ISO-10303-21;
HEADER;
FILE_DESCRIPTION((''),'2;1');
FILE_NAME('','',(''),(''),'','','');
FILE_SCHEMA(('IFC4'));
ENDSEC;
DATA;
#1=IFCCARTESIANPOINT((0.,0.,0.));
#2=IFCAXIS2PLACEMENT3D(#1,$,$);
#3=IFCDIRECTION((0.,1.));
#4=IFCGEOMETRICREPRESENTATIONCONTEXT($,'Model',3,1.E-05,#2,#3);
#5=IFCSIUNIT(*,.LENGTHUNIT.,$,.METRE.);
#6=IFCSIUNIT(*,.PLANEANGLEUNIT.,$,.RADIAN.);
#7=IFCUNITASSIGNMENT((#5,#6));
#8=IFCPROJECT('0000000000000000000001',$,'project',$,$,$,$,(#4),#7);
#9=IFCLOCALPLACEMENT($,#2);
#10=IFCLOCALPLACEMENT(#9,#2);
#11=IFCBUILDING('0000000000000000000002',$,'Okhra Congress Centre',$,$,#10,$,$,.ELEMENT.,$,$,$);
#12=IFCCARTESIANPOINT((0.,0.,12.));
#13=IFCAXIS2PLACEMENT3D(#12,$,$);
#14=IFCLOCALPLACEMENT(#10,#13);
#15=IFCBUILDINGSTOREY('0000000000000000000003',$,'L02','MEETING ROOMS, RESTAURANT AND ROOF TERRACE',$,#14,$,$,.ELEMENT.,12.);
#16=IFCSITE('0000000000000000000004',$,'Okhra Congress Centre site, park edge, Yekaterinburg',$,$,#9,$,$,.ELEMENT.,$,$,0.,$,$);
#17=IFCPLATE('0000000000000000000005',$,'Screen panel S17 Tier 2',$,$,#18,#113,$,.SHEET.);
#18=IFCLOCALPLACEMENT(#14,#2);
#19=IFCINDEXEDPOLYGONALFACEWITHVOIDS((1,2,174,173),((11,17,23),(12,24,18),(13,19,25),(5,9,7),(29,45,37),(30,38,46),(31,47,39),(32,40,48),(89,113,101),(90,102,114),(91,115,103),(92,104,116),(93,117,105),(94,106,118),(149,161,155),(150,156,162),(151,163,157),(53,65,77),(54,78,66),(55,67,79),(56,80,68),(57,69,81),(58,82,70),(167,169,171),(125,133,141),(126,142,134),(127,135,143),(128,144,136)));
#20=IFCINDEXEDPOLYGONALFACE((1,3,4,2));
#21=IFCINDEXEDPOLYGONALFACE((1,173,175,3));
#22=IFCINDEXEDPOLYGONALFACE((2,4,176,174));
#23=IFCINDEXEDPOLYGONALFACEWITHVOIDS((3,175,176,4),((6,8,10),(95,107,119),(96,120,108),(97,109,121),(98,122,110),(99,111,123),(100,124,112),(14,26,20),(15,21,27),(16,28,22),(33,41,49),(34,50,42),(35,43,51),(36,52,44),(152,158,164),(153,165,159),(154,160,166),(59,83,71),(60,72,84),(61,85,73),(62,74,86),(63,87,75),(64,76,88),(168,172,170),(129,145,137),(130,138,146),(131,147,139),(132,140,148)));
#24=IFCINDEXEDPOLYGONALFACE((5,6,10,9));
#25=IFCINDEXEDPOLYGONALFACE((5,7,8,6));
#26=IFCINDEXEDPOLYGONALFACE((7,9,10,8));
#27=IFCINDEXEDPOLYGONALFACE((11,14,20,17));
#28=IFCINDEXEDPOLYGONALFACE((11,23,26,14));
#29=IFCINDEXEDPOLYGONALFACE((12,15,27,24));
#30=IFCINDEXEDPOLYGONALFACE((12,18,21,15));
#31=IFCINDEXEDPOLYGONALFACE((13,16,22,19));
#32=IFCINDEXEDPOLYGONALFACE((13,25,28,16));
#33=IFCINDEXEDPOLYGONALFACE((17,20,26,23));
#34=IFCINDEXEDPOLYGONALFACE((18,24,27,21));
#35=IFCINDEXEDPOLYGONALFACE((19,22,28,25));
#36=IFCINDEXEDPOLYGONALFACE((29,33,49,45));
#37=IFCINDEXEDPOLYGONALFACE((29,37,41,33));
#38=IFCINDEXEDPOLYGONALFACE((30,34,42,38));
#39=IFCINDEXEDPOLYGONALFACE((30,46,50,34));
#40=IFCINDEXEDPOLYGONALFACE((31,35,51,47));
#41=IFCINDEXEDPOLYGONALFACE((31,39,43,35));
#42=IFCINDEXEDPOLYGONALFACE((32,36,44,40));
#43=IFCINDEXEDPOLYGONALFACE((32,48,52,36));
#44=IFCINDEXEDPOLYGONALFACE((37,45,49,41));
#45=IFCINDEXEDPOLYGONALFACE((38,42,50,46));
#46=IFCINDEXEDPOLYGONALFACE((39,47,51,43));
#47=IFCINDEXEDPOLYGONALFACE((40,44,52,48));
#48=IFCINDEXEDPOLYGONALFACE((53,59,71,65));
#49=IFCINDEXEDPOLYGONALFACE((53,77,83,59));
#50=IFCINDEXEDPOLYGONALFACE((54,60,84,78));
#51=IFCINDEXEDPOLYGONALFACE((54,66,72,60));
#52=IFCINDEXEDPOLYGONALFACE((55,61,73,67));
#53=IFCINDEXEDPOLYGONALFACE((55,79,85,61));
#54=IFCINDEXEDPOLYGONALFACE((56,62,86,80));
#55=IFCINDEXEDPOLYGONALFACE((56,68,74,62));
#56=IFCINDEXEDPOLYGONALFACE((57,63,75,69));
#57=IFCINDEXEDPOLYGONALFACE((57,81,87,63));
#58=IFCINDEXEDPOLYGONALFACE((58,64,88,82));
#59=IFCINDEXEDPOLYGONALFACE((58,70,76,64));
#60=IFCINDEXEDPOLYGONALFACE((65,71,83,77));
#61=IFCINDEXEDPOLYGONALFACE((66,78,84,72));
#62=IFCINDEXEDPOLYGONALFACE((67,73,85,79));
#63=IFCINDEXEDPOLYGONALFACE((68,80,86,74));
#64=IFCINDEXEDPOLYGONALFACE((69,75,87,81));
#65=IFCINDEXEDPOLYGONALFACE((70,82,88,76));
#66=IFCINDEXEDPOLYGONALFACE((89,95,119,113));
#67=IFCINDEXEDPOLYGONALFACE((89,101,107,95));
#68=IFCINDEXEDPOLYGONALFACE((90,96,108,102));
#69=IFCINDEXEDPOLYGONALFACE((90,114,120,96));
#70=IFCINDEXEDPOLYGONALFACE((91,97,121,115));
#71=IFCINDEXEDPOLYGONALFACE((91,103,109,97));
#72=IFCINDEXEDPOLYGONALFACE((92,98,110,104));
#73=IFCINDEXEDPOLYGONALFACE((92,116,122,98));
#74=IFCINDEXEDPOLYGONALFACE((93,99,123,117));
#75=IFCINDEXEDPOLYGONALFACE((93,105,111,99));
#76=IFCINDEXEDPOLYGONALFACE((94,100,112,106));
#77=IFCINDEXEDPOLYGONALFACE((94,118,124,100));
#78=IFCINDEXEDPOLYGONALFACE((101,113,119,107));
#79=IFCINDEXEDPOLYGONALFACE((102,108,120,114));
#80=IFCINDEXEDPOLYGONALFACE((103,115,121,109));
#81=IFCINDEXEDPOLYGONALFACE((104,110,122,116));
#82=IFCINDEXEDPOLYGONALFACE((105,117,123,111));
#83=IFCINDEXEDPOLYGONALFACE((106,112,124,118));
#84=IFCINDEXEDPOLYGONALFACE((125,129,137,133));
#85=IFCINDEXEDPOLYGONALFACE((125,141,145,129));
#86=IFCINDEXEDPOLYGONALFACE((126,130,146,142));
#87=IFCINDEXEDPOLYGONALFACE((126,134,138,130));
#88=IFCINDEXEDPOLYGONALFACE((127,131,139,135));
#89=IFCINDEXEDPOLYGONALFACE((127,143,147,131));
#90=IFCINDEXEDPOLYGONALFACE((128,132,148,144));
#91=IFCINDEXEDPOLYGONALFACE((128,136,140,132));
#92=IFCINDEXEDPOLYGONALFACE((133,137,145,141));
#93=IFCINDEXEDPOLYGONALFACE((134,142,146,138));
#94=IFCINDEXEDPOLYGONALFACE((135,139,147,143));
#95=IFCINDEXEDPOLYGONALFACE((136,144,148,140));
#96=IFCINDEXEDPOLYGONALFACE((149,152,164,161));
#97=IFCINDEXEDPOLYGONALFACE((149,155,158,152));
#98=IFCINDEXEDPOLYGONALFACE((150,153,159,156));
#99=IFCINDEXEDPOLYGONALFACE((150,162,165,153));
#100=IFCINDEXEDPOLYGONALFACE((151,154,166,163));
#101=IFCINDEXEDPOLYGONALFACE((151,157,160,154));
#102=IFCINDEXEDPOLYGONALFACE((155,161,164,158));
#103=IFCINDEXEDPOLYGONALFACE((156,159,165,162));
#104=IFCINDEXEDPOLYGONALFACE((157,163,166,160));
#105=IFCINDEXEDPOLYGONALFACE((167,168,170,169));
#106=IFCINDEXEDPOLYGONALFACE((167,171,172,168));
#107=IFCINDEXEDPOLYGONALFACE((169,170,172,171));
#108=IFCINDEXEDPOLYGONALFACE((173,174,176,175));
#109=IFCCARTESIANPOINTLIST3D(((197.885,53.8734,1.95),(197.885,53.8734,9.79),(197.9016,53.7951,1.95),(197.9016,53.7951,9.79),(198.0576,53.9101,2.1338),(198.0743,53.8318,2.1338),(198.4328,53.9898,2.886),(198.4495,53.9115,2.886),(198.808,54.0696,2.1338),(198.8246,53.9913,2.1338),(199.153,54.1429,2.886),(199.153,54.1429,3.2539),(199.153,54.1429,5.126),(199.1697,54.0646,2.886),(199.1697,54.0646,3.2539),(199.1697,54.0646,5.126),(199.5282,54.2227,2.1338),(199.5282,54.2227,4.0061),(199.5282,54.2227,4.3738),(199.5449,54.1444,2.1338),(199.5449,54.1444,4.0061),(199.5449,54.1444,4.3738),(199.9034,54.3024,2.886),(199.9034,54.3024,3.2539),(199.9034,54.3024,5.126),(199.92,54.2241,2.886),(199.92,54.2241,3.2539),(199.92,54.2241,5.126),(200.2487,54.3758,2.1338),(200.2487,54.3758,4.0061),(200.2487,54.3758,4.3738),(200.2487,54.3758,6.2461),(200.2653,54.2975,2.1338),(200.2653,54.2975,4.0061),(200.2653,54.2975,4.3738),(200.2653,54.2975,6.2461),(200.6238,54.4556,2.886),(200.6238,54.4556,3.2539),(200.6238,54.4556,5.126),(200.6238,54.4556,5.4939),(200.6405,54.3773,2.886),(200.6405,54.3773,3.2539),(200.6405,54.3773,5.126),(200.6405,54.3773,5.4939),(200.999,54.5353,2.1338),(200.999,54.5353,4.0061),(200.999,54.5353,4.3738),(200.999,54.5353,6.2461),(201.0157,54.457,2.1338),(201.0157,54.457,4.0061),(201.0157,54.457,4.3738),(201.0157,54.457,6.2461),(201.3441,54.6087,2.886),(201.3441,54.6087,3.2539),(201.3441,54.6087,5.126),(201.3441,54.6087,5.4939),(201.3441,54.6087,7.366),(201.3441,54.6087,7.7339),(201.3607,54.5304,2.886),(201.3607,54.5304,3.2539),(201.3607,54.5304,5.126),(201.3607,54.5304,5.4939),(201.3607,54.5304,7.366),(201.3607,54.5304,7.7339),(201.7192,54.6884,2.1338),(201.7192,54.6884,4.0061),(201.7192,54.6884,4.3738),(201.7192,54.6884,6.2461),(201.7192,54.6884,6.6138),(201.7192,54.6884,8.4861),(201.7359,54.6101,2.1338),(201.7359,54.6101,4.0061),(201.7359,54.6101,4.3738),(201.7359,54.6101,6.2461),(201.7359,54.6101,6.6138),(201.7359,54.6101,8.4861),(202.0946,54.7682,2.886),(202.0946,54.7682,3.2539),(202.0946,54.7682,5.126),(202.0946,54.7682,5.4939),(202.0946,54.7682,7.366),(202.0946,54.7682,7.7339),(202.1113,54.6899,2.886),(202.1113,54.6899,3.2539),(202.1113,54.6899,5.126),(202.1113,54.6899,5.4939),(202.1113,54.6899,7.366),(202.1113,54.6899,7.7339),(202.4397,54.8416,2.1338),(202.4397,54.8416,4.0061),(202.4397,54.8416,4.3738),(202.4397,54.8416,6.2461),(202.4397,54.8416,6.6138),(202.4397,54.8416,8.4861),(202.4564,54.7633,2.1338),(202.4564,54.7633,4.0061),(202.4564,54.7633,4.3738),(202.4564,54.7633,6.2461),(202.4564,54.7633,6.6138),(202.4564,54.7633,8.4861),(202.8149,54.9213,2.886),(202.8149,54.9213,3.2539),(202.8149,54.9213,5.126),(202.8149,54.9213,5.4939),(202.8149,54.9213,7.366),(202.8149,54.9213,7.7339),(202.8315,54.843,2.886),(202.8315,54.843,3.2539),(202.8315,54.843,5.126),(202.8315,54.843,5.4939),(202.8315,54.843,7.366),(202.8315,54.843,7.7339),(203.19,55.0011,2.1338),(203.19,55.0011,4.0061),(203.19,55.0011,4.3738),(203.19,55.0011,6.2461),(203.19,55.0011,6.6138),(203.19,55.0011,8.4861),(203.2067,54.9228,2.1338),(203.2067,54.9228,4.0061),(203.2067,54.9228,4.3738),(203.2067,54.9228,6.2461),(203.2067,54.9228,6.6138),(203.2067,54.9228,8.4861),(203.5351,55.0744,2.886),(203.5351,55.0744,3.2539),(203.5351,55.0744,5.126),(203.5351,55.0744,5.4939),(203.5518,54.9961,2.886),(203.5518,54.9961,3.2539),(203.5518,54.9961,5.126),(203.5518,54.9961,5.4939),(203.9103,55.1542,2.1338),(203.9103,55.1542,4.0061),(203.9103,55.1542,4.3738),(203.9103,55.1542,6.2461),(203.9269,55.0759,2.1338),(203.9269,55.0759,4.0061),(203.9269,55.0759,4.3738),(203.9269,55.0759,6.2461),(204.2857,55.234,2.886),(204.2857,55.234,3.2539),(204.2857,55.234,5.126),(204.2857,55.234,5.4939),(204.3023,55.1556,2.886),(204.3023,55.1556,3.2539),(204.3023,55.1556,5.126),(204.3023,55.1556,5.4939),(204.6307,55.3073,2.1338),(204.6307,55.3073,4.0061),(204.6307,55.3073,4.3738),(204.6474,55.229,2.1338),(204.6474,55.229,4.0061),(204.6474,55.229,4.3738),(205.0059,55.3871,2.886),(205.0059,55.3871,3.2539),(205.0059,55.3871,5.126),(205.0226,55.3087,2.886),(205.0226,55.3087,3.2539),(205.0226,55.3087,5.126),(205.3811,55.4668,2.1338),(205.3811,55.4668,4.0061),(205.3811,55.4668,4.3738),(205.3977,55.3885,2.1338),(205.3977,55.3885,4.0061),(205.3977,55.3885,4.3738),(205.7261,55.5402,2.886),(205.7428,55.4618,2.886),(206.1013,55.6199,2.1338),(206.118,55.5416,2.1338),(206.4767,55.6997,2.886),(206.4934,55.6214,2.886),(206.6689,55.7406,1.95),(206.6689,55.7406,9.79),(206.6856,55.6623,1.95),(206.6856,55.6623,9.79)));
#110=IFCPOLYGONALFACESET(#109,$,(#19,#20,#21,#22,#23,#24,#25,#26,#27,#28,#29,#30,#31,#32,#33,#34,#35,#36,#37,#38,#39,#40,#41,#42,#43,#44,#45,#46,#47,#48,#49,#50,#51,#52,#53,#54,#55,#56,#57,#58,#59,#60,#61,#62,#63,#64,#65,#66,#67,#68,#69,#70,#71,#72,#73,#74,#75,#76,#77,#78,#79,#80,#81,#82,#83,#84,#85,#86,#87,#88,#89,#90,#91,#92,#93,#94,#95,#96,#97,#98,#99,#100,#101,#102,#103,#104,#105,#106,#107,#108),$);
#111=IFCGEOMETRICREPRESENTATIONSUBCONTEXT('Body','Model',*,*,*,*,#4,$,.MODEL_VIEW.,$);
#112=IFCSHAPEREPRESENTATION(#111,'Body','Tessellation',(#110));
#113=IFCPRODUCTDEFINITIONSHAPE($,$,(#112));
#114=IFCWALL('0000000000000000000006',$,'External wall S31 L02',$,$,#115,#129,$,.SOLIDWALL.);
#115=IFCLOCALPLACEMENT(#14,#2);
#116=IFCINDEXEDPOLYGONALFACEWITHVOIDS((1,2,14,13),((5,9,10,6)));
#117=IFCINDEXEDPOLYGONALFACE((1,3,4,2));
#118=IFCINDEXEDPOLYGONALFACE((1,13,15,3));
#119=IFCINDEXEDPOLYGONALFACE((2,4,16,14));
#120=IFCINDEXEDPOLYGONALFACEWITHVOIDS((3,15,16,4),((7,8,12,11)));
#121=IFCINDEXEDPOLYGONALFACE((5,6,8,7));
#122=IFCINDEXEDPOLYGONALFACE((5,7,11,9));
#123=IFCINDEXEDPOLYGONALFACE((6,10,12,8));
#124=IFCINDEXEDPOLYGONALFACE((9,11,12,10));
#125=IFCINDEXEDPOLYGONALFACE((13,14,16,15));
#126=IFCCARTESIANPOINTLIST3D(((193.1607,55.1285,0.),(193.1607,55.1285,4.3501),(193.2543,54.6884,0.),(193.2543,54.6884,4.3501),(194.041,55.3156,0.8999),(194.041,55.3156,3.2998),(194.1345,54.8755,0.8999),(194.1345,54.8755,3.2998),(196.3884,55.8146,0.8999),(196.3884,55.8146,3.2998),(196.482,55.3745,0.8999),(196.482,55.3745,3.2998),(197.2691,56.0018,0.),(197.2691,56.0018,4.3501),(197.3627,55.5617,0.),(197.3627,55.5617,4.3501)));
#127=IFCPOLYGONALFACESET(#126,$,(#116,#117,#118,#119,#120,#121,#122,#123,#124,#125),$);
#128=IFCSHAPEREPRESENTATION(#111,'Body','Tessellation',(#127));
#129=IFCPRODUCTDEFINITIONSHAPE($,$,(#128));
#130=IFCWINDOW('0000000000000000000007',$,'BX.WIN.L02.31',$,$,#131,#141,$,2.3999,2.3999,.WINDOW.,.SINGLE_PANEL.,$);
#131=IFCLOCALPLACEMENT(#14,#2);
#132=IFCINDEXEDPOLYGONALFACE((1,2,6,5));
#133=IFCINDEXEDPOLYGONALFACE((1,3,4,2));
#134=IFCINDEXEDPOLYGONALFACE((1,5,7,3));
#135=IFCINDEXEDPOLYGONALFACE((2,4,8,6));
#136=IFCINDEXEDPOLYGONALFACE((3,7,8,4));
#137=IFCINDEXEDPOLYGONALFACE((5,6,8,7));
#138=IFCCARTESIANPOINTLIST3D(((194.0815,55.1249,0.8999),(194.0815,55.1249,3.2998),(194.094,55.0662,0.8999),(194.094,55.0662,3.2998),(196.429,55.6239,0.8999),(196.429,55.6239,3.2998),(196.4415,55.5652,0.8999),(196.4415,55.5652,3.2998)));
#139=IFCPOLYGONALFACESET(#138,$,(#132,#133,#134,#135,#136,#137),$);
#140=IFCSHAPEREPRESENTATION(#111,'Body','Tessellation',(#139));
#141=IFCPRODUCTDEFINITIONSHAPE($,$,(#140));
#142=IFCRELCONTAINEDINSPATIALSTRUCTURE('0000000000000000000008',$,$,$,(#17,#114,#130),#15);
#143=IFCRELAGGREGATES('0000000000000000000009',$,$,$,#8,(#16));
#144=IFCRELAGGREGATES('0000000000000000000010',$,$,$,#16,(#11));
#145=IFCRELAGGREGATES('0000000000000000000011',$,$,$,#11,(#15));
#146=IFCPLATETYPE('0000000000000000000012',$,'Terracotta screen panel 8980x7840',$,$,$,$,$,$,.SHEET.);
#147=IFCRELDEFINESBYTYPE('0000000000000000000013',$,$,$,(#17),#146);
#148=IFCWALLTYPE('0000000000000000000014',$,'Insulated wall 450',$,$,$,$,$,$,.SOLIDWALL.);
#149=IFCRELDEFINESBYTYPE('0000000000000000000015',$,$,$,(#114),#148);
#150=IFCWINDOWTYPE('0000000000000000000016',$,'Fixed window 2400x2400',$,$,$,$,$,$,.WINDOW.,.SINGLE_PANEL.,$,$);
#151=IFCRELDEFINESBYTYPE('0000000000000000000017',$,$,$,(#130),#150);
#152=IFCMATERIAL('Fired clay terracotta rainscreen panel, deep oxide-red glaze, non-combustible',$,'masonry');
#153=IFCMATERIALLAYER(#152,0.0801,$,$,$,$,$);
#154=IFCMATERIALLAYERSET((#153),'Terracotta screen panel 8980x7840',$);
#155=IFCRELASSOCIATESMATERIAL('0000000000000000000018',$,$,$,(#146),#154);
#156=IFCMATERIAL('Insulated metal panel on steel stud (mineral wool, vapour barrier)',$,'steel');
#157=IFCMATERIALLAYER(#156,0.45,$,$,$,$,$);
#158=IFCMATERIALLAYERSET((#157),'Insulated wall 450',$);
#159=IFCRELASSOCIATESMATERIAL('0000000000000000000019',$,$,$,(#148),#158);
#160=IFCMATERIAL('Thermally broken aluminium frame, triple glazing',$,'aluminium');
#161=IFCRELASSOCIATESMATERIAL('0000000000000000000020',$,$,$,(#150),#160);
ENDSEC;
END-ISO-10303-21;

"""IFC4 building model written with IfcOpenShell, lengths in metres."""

from ifc_helpers import new_model, si_unit, direction, frame, frame_2d, origin, place, context, subcontext, project, spatial, polyline, rectangle, outline, extrude, material, layer, layer_set, type_object, element, fill, save


model = new_model("IFC4")

# Units and contexts
model_context = context("Model", 3, precision=1e-05, world=origin(), true_north=direction((0.0, 1.0)))
body_context = subcontext(model_context, "Body", "Model", "MODEL_VIEW")
ifc_project = project(units=[si_unit("LENGTHUNIT", "METRE"), si_unit("PLANEANGLEUNIT", "RADIAN")], contexts=[model_context])

# Site, building, storey
site_placement = place(None, origin())
site = spatial("IfcSite", under=ifc_project, at=site_placement, Name="Okhra Congress Centre site, park edge, Yekaterinburg", CompositionType="ELEMENT", RefElevation=0.0)
building_placement = place(site_placement, origin())
building = spatial("IfcBuilding", under=site, at=building_placement, Name="Okhra Congress Centre", CompositionType="ELEMENT")
storey_placement = place(building_placement, frame((0.0, 0.0, 12.0)))
storey = spatial("IfcBuildingStorey", under=building, at=storey_placement, Name="L02", Description="MEETING ROOMS, RESTAURANT AND ROOF TERRACE", CompositionType="ELEMENT", Elevation=12.0)

# Plate
ifc_material_1 = material(Name="Fired clay terracotta rainscreen panel, deep oxide-red glaze, non-combustible", Category="masonry")
ifc_layer_1 = layer(ifc_material_1, 0.0801)
ifc_layer_set_1 = layer_set([ifc_layer_1], Name="Terracotta screen panel 8980x7840")
plate_type = type_object("IfcPlateType", Name="Terracotta screen panel 8980x7840", PredefinedType="SHEET", material=ifc_layer_set_1)
plate_placement = place(storey_placement, frame((197.8933, 53.8342, 1.95), z_axis=(0.0, 0.0, 1.0), x_axis=(0.978145, 0.207923, 0.0)))
element("IfcPlate", 1, at=plate_placement, inside=storey, type_object=plate_type, Name="Screen panel S17 Tier 2", PredefinedType="SHEET", context=body_context, shape_type="SweptSolid", body=[
    extrude(outline(polyline([(0.0, 0.0), (8.9802, 0.0), (8.9802, 7.8401), (0.0, 7.8401), (0.0, 0.0)]), holes=[polyline([(0.1765, 0.1838), (0.9436, 0.1838), (0.5601, 0.936), (0.1765, 0.1838)]), polyline([(1.2964, 0.936), (1.6799, 0.1838), (2.0635, 0.936), (1.2964, 0.936)]), polyline([(2.4165, 0.1838), (3.1836, 0.1838), (2.8, 0.936), (2.4165, 0.1838)]), polyline([(3.5364, 0.936), (3.9199, 0.1838), (4.3037, 0.936), (3.5364, 0.936)]), polyline([(4.6565, 0.1838), (5.4236, 0.1838), (5.04, 0.936), (4.6565, 0.1838)]), polyline([(5.7764, 0.936), (6.1599, 0.1838), (6.5437, 0.936), (5.7764, 0.936)]), polyline([(6.8965, 0.1838), (7.6636, 0.1838), (7.28, 0.936), (6.8965, 0.1838)]), polyline([(8.0164, 0.936), (8.3999, 0.1838), (8.7837, 0.936), (8.0164, 0.936)]), polyline([(1.2964, 1.304), (2.0635, 1.304), (1.6799, 2.0562), (1.2964, 1.304)]), polyline([(2.4165, 2.0562), (2.8, 1.304), (3.1836, 2.0562), (2.4165, 2.0562)]), polyline([(3.5364, 1.304), (4.3037, 1.304), (3.9199, 2.0562), (3.5364, 1.304)]), polyline([(4.6565, 2.0562), (5.04, 1.304), (5.4236, 2.0562), (4.6565, 2.0562)]), polyline([(5.7764, 1.304), (6.5437, 1.304), (6.1599, 2.0562), (5.7764, 1.304)]), polyline([(6.8965, 2.0562), (7.28, 1.304), (7.6636, 2.0562), (6.8965, 2.0562)]), polyline([(1.2964, 3.176), (1.6799, 2.4238), (2.0635, 3.176), (1.2964, 3.176)]), polyline([(2.4165, 2.4238), (3.1836, 2.4238), (2.8, 3.176), (2.4165, 2.4238)]), polyline([(3.5364, 3.176), (3.9199, 2.4238), (4.3037, 3.176), (3.5364, 3.176)]), polyline([(4.6565, 2.4238), (5.4236, 2.4238), (5.04, 3.176), (4.6565, 2.4238)]), polyline([(5.7764, 3.176), (6.1599, 2.4238), (6.5437, 3.176), (5.7764, 3.176)]), polyline([(6.8965, 2.4238), (7.6636, 2.4238), (7.28, 3.176), (6.8965, 2.4238)]), polyline([(2.4165, 4.2961), (2.8, 3.5439), (3.1836, 4.2961), (2.4165, 4.2961)]), polyline([(3.5364, 3.5439), (4.3037, 3.5439), (3.9199, 4.2961), (3.5364, 3.5439)]), polyline([(4.6565, 4.2961), (5.04, 3.5439), (5.4236, 4.2961), (4.6565, 4.2961)]), polyline([(5.7764, 3.5439), (6.5437, 3.5439), (6.1599, 4.2961), (5.7764, 3.5439)]), polyline([(3.5364, 5.416), (3.9199, 4.6638), (4.3037, 5.416), (3.5364, 5.416)]), polyline([(4.6565, 4.6638), (5.4236, 4.6638), (5.04, 5.416), (4.6565, 4.6638)]), polyline([(3.5364, 5.7839), (4.3037, 5.7839), (3.9199, 6.5361), (3.5364, 5.7839)]), polyline([(4.6565, 6.5361), (5.04, 5.7839), (5.4236, 6.5361), (4.6565, 6.5361)])]), frame((0.0, 0.04, 0.0), z_axis=(0.0, -1.0, 0.0), x_axis=(1.0, 0.0, 0.0)), (0.0, 0.0, 1.0), 0.0801),
])

# Wall, opening, window
ifc_material_2 = material(Name="Insulated metal panel on steel stud (mineral wool, vapour barrier)", Category="steel")
ifc_layer_2 = layer(ifc_material_2, 0.45)
ifc_layer_set_2 = layer_set([ifc_layer_2], Name="Insulated wall 450")
wall_type_1 = type_object("IfcWallType", Name="Insulated wall 450", PredefinedType="SOLIDWALL", material=ifc_layer_set_2)
wall_1_placement = place(storey_placement, frame((193.2075, 54.9084, 0.0), z_axis=(0.0, 0.0, 1.0), x_axis=(0.978146, 0.207917, 0.0)))
wall_1 = element("IfcWall", 2, at=wall_1_placement, inside=storey, type_object=wall_type_1, Name="External wall S31 L02", PredefinedType="SOLIDWALL", context=body_context, shape_type="SweptSolid", body=[
    extrude(rectangle(XDim=4.2002, YDim=0.45, at=frame_2d((2.1001, 0.0))), origin(), (0.0, 0.0, 1.0), 4.3501),
])
opening_1_placement = place(wall_1_placement, frame((0.8999, 0.0, 0.8999)))
opening_1 = element("IfcOpeningElement", 3, at=opening_1_placement, cuts=wall_1, PredefinedType="OPENING", context=body_context, shape_type="SweptSolid", body=[
    extrude(rectangle(XDim=2.3999, YDim=2.3999, at=frame_2d((1.2, 1.2))), frame((0.0, 0.2349, 0.0), z_axis=(0.0, -1.0, 0.0), x_axis=(1.0, 0.0, 0.0)), (0.0, 0.0, 1.0), 0.47),
])
ifc_material_3 = material(Name="Thermally broken aluminium frame, triple glazing", Category="aluminium")
window_type_1 = type_object("IfcWindowType", Name="Fixed window 2400x2400", PartitioningType="SINGLE_PANEL", PredefinedType="WINDOW", material=ifc_material_3)
window_1_placement = place(opening_1_placement, origin())
window_1 = element("IfcWindow", 4, at=window_1_placement, inside=storey, type_object=window_type_1, Name="BX.WIN.L02.31", OverallHeight=2.3999, OverallWidth=2.3999, PartitioningType="SINGLE_PANEL", PredefinedType="WINDOW", context=body_context, shape_type="SweptSolid", body=[
    extrude(rectangle(XDim=2.3999, YDim=2.3999, at=frame_2d((1.2, 1.2))), frame((0.0, 0.03, 0.0), z_axis=(0.0, -1.0, 0.0), x_axis=(1.0, 0.0, 0.0)), (0.0, 0.0, 1.0), 0.0601),
])
fill(opening_1, window_1)

save(model, "model.ifc")
